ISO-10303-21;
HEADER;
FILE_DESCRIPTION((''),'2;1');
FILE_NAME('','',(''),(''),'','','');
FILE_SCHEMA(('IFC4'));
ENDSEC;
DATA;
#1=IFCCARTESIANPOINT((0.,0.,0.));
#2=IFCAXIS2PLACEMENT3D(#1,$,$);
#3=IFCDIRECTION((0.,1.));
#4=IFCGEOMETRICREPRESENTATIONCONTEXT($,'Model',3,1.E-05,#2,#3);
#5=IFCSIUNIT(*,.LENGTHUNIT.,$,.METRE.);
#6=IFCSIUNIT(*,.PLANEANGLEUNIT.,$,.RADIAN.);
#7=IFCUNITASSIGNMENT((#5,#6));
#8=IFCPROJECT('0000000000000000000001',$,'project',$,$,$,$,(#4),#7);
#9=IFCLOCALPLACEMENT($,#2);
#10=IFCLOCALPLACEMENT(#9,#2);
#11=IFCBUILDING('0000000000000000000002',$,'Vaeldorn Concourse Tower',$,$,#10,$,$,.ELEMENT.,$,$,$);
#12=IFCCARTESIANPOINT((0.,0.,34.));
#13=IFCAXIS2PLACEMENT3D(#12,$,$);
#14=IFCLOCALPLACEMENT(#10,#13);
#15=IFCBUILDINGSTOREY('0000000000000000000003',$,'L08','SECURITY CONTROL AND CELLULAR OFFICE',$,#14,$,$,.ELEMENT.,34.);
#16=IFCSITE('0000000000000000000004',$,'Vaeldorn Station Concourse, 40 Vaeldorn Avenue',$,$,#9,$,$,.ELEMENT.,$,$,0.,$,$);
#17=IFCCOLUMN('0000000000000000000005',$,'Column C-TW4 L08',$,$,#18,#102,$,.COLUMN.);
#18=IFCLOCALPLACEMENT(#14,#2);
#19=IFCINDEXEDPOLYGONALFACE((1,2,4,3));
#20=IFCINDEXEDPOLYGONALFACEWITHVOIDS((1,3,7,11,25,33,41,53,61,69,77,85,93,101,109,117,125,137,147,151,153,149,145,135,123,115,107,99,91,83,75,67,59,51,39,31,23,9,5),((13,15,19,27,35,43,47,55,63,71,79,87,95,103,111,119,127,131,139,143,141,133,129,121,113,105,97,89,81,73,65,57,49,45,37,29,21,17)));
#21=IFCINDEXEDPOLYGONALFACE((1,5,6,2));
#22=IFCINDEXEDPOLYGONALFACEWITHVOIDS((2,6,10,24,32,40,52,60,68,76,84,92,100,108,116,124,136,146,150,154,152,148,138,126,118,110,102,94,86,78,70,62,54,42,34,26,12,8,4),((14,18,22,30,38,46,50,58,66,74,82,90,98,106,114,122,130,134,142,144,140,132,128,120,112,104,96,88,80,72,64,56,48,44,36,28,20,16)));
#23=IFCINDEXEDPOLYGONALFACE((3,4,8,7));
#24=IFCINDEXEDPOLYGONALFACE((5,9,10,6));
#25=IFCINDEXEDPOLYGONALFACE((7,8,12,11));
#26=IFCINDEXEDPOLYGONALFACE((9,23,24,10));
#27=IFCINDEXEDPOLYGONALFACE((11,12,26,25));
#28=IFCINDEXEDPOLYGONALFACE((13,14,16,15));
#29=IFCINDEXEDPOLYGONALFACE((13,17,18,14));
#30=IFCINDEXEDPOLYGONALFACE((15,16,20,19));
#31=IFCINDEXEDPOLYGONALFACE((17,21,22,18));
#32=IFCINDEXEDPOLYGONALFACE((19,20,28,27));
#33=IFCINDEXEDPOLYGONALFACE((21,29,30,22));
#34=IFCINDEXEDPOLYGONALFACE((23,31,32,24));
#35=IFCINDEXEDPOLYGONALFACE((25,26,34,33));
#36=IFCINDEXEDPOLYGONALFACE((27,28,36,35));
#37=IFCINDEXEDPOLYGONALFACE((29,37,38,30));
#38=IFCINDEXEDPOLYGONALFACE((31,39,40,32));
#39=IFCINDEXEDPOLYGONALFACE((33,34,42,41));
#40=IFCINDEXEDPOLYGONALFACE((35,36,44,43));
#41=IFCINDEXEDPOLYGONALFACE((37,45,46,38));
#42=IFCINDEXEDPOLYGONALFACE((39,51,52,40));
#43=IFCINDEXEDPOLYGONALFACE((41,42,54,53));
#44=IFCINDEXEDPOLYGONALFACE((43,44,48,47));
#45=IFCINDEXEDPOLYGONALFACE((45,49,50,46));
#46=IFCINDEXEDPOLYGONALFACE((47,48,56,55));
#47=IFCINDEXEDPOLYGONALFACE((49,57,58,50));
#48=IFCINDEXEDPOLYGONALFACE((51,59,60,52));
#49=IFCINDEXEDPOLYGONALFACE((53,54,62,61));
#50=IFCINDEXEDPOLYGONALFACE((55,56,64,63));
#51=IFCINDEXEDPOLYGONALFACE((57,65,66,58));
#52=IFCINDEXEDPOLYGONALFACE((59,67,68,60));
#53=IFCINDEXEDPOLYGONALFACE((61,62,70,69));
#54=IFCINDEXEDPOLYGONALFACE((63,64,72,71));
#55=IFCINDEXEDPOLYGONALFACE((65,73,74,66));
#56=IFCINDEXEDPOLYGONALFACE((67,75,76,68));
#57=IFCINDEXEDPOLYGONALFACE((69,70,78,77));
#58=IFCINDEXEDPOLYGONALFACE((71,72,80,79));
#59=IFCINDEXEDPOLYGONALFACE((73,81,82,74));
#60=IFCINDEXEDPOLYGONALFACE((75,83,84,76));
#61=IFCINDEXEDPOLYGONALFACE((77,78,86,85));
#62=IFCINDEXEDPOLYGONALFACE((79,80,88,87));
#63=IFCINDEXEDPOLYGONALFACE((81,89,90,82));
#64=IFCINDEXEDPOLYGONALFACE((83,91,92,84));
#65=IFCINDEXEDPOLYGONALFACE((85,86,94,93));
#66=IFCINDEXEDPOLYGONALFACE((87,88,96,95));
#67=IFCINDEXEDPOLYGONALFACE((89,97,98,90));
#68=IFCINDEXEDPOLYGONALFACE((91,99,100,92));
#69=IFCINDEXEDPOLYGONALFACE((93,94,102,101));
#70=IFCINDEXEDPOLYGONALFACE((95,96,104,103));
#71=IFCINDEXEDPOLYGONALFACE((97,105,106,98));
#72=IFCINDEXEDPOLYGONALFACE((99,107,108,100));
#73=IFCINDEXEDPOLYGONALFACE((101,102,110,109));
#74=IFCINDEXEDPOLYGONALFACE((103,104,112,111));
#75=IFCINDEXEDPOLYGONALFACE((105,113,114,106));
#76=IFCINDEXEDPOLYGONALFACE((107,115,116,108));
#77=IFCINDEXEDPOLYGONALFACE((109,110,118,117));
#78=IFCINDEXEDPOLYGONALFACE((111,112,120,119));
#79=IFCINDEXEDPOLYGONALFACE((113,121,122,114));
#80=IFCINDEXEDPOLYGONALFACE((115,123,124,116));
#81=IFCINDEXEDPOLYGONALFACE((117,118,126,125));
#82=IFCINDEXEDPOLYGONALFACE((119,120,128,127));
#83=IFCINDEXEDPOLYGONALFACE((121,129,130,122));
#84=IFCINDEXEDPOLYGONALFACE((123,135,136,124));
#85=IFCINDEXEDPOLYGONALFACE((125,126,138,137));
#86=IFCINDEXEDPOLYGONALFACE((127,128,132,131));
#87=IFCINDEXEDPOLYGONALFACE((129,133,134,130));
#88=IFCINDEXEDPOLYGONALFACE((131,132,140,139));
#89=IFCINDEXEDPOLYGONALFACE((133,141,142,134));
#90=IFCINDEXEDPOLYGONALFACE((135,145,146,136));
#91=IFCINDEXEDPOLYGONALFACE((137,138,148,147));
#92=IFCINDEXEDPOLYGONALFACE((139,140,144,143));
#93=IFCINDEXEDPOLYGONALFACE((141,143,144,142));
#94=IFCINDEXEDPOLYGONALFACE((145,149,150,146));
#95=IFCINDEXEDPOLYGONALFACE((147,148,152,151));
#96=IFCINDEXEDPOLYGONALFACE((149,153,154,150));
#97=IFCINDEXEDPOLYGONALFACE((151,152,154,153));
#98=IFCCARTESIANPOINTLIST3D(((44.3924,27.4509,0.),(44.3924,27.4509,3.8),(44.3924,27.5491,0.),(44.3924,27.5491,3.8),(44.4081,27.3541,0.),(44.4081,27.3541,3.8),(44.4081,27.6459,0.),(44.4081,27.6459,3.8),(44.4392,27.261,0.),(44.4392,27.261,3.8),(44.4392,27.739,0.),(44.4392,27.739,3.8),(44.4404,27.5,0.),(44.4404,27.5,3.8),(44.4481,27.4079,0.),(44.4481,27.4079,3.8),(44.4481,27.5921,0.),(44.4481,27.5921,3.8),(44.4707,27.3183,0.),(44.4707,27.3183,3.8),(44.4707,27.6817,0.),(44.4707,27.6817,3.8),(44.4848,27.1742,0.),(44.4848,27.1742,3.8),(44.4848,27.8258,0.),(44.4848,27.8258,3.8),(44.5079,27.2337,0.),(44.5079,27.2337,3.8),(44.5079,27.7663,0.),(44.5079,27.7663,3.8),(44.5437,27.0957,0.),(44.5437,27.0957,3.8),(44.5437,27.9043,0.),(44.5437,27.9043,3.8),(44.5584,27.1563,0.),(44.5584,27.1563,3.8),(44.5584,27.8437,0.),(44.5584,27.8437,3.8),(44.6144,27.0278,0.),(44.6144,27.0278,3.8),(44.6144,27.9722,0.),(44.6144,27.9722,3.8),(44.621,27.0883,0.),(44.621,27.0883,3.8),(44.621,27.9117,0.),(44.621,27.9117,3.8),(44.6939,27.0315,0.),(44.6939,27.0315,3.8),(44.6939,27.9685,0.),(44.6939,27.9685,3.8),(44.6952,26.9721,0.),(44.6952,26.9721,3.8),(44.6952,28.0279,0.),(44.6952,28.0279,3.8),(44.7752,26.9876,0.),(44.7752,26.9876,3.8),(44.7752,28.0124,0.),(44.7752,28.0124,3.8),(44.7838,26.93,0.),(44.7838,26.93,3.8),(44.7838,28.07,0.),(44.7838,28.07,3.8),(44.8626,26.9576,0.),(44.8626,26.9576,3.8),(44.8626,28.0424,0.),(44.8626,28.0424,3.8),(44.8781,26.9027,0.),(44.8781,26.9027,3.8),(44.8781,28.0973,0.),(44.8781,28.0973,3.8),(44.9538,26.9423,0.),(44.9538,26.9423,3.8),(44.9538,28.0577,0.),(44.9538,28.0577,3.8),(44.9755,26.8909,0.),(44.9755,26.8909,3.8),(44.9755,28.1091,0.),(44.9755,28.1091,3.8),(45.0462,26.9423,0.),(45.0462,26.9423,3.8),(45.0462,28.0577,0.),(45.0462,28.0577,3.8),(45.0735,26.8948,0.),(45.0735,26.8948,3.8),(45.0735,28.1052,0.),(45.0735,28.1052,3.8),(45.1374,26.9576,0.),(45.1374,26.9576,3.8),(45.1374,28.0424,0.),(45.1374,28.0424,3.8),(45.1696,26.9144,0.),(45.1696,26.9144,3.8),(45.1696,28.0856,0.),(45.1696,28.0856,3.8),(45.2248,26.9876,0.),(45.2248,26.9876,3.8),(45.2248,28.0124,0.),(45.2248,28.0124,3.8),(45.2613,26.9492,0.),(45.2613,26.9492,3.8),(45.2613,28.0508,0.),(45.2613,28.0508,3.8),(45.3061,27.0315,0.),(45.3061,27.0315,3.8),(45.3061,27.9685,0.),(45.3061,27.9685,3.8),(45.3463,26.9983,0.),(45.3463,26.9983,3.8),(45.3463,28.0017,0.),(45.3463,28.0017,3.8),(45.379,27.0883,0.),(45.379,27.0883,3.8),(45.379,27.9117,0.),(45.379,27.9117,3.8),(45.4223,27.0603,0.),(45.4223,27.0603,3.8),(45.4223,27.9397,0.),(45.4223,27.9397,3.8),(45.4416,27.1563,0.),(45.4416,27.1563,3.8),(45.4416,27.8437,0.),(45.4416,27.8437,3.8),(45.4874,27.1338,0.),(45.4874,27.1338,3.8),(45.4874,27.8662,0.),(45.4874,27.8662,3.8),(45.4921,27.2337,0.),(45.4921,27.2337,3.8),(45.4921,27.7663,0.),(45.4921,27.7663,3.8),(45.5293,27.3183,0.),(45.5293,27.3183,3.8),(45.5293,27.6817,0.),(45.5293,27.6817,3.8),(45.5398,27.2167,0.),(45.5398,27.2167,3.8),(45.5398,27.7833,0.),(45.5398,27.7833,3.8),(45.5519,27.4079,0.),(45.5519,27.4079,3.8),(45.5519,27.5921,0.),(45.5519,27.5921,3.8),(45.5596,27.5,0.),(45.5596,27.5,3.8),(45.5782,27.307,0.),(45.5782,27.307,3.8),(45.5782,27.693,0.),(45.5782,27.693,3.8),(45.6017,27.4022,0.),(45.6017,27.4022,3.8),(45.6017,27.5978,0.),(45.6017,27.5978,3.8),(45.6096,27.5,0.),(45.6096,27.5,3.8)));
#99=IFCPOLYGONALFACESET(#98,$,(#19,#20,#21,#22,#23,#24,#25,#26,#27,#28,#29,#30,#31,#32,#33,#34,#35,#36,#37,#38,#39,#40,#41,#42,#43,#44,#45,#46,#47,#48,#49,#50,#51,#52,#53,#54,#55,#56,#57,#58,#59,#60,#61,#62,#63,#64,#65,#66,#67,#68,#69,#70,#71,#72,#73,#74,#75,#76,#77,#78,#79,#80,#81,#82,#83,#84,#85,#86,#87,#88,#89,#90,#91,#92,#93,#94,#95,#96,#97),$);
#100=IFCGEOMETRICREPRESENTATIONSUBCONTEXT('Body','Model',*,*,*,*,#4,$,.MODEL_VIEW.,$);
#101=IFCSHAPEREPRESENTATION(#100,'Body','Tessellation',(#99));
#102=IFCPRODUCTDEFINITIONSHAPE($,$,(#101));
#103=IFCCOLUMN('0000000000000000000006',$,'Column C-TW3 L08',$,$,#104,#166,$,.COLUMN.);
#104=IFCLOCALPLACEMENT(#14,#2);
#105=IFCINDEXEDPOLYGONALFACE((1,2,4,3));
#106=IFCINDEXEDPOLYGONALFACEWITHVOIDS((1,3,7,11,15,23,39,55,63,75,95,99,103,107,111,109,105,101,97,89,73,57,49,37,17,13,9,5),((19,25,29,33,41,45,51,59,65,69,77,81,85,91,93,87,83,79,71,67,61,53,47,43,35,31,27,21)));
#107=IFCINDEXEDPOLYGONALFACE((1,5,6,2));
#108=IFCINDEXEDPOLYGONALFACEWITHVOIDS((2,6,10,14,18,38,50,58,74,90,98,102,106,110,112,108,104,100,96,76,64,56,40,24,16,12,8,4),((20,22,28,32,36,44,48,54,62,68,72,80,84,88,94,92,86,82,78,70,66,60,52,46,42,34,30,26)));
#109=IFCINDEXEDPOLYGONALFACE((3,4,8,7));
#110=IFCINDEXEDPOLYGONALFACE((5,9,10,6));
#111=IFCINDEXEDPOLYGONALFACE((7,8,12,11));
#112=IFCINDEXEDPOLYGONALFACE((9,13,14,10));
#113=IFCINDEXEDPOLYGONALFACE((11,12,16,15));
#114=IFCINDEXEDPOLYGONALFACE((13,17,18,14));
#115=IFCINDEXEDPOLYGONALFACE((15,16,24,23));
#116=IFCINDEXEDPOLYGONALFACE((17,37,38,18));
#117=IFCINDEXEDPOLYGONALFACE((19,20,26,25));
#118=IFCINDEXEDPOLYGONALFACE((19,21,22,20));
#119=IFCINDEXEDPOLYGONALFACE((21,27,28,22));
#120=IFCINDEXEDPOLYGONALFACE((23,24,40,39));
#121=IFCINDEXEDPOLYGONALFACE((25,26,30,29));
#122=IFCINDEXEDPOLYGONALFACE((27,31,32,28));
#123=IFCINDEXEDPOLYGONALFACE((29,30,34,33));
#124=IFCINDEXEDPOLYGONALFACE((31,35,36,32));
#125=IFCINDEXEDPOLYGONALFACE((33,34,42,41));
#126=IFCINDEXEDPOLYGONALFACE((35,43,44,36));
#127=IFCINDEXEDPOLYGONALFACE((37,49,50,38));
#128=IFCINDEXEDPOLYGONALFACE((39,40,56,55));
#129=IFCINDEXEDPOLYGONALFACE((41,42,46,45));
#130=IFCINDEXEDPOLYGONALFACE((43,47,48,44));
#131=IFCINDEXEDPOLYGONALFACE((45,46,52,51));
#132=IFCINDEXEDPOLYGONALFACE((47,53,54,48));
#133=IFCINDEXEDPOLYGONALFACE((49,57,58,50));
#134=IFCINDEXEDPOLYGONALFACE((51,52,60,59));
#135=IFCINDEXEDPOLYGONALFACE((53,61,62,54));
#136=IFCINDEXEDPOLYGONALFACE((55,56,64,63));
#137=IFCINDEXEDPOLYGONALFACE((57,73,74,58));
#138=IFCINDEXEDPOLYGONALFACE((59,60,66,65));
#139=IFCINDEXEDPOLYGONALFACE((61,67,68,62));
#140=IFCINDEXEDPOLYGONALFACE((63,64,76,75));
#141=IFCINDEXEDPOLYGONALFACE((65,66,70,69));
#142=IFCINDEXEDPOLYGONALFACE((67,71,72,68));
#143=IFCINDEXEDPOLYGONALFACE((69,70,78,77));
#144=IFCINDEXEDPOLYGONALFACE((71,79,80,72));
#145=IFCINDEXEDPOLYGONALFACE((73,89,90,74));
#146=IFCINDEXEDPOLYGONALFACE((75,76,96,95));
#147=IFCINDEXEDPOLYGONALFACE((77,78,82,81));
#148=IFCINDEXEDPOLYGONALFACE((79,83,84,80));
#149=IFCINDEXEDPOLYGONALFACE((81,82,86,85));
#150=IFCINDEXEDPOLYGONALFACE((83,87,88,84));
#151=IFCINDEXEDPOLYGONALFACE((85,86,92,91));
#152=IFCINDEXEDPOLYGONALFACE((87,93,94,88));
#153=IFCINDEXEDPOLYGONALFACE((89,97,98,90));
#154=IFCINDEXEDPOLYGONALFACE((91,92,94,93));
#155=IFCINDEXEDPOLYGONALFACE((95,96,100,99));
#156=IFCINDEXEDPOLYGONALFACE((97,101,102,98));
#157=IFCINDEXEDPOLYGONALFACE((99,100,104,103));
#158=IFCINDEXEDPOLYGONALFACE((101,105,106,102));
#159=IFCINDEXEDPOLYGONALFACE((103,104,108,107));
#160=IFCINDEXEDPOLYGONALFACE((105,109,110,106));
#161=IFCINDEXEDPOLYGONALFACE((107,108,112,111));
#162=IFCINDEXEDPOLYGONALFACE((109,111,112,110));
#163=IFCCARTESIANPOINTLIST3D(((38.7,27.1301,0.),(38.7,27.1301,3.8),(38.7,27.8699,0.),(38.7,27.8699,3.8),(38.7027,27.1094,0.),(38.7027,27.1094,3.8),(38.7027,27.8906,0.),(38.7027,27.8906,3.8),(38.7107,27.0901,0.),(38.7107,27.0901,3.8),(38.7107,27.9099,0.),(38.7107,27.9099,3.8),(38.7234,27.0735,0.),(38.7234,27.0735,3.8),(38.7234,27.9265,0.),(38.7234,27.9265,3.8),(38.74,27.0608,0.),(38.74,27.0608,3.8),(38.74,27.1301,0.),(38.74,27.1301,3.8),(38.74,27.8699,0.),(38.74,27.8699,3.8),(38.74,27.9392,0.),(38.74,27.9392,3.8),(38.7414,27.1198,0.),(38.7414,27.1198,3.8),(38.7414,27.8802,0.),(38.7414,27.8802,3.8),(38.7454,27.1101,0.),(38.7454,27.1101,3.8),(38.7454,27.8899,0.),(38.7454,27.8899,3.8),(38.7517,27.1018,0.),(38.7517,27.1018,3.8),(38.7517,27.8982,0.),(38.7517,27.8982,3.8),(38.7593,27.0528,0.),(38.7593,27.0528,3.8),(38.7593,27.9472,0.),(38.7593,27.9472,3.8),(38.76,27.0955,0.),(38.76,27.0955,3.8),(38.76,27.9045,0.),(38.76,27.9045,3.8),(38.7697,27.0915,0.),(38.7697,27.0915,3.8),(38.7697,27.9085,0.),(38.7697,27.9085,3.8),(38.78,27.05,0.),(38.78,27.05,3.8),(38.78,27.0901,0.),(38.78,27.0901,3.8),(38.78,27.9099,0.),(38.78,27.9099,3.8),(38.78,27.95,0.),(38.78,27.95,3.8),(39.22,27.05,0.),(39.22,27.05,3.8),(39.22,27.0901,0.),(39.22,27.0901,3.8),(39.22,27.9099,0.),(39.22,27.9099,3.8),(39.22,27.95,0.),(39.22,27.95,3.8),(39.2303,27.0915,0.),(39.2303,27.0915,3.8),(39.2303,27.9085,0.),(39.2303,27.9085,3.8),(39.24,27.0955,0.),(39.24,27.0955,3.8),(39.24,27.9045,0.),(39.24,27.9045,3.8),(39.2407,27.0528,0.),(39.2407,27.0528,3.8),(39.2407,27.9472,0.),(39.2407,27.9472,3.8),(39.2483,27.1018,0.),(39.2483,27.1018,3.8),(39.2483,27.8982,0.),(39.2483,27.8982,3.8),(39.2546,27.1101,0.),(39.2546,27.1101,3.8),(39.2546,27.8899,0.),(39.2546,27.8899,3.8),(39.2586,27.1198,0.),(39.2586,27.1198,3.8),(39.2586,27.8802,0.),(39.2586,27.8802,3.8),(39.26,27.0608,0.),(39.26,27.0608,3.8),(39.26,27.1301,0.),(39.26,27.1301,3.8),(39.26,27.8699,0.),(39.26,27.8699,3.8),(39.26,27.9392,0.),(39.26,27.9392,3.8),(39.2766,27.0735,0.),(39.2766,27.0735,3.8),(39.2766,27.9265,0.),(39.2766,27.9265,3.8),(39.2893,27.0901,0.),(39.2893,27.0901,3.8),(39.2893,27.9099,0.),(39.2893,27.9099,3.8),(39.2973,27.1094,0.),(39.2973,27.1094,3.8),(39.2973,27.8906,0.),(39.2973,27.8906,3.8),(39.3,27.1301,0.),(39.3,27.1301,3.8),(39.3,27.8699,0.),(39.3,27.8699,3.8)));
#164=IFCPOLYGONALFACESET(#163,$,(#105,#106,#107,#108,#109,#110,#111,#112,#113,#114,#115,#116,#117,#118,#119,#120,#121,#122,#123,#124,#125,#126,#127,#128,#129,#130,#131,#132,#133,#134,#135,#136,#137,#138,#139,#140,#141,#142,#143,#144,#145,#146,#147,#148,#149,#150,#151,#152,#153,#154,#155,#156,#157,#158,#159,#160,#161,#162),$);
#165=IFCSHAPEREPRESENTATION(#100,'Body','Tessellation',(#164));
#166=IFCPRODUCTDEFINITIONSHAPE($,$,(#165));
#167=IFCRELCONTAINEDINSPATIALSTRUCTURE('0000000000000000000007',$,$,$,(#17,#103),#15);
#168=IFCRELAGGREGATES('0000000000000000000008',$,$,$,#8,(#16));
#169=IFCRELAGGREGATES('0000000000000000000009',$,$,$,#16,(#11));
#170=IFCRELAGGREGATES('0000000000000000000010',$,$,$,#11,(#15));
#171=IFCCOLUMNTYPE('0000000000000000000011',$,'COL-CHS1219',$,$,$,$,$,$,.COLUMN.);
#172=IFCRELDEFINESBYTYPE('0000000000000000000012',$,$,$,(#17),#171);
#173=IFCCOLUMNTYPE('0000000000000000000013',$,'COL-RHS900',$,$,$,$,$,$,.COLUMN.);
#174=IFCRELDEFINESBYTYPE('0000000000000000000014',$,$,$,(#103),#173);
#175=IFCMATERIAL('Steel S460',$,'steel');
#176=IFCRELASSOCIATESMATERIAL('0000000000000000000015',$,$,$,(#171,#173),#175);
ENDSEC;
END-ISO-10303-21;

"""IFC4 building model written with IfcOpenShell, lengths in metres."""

from ifc_helpers import new_model, si_unit, direction, frame, origin, origin_2d, place, context, subcontext, project, spatial, hollow_rectangle, hollow_circle, extrude, source, transform, mapped, material, material_profile, profile_set, type_object, element, save


model = new_model("IFC4")

# Units and contexts
model_context = context("Model", 3, precision=1e-05, world=origin(), true_north=direction((0.0, 1.0)))
body_context = subcontext(model_context, "Body", "Model", "MODEL_VIEW")
ifc_project = project(units=[si_unit("LENGTHUNIT", "METRE"), si_unit("PLANEANGLEUNIT", "RADIAN")], contexts=[model_context])

# Site, building, storey
site_placement = place(None, origin())
site = spatial("IfcSite", under=ifc_project, at=site_placement, Name="Vaeldorn Station Concourse, 40 Vaeldorn Avenue", CompositionType="ELEMENT", RefElevation=0.0)
building_placement = place(site_placement, origin())
building = spatial("IfcBuilding", under=site, at=building_placement, Name="Vaeldorn Concourse Tower", CompositionType="ELEMENT")
storey_placement = place(building_placement, frame((0.0, 0.0, 34.0)))
storey = spatial("IfcBuildingStorey", under=building, at=storey_placement, Name="L08", Description="SECURITY CONTROL AND CELLULAR OFFICE", CompositionType="ELEMENT", Elevation=34.0)

# Columns
ifc_material_1 = material(Name="Steel S460", Category="steel")
ifc_material_profile_1 = material_profile(ifc_material_1, hollow_circle(Radius=0.6096, WallThickness=0.05, at=origin_2d()), Name="CHS 1219x50")
ifc_profile_set_1 = profile_set([ifc_material_profile_1], Name="Steel S460")
column_type_1 = type_object("IfcColumnType", Name="COL-CHS1219", PredefinedType="COLUMN", material=ifc_profile_set_1)
shared_shape_1 = source(origin(), body_context, "Body", "SweptSolid", [
    extrude(hollow_circle(Radius=0.6096, WallThickness=0.05, at=origin_2d()), origin(), (0.0, 0.0, 1.0), 3.8),
])
column_placement = place(storey_placement, frame((45.0, 27.5, 0.0), z_axis=(0.0, 0.0, 1.0), x_axis=(1.0, 0.0, 0.0)))
element("IfcColumn", 1, at=column_placement, inside=storey, type_object=column_type_1, Name="Column C-TW4 L08", PredefinedType="COLUMN", context=body_context, shape_type="MappedRepresentation", body=[
    mapped(shared_shape_1, transform((0.0, 0.0, 0.0), scale=1.0)),
])
ifc_material_profile_2 = material_profile(ifc_material_1, hollow_rectangle(XDim=0.6001, YDim=0.8999, WallThickness=0.04, InnerFilletRadius=0.04, OuterFilletRadius=0.0801, at=origin_2d()), Name="RHS 900x600x40")
ifc_profile_set_2 = profile_set([ifc_material_profile_2], Name="Steel S460")
column_type_2 = type_object("IfcColumnType", Name="COL-RHS900", PredefinedType="COLUMN", material=ifc_profile_set_2)
shared_shape_2 = source(origin(), body_context, "Body", "SweptSolid", [
    extrude(hollow_rectangle(XDim=0.6001, YDim=0.8999, WallThickness=0.04, InnerFilletRadius=0.04, OuterFilletRadius=0.0801, at=origin_2d()), origin(), (0.0, 0.0, 1.0), 3.8),
])
for number, where, z_axis, x_axis, name in (
    (2, (39.0, 27.5, 0.0), (0.0, 0.0, 1.0), (1.0, 0.0, 0.0), "Column C-TW3 L08"),
):
    element("IfcColumn", number, at=place(storey_placement, frame(where, z_axis=z_axis, x_axis=x_axis)), inside=storey, type_object=column_type_2, Name=name, PredefinedType="COLUMN", context=body_context, shape_type="MappedRepresentation", body=[
        mapped(shared_shape_2, transform((0.0, 0.0, 0.0), scale=1.0)),
    ])

save(model, "model.ifc")
